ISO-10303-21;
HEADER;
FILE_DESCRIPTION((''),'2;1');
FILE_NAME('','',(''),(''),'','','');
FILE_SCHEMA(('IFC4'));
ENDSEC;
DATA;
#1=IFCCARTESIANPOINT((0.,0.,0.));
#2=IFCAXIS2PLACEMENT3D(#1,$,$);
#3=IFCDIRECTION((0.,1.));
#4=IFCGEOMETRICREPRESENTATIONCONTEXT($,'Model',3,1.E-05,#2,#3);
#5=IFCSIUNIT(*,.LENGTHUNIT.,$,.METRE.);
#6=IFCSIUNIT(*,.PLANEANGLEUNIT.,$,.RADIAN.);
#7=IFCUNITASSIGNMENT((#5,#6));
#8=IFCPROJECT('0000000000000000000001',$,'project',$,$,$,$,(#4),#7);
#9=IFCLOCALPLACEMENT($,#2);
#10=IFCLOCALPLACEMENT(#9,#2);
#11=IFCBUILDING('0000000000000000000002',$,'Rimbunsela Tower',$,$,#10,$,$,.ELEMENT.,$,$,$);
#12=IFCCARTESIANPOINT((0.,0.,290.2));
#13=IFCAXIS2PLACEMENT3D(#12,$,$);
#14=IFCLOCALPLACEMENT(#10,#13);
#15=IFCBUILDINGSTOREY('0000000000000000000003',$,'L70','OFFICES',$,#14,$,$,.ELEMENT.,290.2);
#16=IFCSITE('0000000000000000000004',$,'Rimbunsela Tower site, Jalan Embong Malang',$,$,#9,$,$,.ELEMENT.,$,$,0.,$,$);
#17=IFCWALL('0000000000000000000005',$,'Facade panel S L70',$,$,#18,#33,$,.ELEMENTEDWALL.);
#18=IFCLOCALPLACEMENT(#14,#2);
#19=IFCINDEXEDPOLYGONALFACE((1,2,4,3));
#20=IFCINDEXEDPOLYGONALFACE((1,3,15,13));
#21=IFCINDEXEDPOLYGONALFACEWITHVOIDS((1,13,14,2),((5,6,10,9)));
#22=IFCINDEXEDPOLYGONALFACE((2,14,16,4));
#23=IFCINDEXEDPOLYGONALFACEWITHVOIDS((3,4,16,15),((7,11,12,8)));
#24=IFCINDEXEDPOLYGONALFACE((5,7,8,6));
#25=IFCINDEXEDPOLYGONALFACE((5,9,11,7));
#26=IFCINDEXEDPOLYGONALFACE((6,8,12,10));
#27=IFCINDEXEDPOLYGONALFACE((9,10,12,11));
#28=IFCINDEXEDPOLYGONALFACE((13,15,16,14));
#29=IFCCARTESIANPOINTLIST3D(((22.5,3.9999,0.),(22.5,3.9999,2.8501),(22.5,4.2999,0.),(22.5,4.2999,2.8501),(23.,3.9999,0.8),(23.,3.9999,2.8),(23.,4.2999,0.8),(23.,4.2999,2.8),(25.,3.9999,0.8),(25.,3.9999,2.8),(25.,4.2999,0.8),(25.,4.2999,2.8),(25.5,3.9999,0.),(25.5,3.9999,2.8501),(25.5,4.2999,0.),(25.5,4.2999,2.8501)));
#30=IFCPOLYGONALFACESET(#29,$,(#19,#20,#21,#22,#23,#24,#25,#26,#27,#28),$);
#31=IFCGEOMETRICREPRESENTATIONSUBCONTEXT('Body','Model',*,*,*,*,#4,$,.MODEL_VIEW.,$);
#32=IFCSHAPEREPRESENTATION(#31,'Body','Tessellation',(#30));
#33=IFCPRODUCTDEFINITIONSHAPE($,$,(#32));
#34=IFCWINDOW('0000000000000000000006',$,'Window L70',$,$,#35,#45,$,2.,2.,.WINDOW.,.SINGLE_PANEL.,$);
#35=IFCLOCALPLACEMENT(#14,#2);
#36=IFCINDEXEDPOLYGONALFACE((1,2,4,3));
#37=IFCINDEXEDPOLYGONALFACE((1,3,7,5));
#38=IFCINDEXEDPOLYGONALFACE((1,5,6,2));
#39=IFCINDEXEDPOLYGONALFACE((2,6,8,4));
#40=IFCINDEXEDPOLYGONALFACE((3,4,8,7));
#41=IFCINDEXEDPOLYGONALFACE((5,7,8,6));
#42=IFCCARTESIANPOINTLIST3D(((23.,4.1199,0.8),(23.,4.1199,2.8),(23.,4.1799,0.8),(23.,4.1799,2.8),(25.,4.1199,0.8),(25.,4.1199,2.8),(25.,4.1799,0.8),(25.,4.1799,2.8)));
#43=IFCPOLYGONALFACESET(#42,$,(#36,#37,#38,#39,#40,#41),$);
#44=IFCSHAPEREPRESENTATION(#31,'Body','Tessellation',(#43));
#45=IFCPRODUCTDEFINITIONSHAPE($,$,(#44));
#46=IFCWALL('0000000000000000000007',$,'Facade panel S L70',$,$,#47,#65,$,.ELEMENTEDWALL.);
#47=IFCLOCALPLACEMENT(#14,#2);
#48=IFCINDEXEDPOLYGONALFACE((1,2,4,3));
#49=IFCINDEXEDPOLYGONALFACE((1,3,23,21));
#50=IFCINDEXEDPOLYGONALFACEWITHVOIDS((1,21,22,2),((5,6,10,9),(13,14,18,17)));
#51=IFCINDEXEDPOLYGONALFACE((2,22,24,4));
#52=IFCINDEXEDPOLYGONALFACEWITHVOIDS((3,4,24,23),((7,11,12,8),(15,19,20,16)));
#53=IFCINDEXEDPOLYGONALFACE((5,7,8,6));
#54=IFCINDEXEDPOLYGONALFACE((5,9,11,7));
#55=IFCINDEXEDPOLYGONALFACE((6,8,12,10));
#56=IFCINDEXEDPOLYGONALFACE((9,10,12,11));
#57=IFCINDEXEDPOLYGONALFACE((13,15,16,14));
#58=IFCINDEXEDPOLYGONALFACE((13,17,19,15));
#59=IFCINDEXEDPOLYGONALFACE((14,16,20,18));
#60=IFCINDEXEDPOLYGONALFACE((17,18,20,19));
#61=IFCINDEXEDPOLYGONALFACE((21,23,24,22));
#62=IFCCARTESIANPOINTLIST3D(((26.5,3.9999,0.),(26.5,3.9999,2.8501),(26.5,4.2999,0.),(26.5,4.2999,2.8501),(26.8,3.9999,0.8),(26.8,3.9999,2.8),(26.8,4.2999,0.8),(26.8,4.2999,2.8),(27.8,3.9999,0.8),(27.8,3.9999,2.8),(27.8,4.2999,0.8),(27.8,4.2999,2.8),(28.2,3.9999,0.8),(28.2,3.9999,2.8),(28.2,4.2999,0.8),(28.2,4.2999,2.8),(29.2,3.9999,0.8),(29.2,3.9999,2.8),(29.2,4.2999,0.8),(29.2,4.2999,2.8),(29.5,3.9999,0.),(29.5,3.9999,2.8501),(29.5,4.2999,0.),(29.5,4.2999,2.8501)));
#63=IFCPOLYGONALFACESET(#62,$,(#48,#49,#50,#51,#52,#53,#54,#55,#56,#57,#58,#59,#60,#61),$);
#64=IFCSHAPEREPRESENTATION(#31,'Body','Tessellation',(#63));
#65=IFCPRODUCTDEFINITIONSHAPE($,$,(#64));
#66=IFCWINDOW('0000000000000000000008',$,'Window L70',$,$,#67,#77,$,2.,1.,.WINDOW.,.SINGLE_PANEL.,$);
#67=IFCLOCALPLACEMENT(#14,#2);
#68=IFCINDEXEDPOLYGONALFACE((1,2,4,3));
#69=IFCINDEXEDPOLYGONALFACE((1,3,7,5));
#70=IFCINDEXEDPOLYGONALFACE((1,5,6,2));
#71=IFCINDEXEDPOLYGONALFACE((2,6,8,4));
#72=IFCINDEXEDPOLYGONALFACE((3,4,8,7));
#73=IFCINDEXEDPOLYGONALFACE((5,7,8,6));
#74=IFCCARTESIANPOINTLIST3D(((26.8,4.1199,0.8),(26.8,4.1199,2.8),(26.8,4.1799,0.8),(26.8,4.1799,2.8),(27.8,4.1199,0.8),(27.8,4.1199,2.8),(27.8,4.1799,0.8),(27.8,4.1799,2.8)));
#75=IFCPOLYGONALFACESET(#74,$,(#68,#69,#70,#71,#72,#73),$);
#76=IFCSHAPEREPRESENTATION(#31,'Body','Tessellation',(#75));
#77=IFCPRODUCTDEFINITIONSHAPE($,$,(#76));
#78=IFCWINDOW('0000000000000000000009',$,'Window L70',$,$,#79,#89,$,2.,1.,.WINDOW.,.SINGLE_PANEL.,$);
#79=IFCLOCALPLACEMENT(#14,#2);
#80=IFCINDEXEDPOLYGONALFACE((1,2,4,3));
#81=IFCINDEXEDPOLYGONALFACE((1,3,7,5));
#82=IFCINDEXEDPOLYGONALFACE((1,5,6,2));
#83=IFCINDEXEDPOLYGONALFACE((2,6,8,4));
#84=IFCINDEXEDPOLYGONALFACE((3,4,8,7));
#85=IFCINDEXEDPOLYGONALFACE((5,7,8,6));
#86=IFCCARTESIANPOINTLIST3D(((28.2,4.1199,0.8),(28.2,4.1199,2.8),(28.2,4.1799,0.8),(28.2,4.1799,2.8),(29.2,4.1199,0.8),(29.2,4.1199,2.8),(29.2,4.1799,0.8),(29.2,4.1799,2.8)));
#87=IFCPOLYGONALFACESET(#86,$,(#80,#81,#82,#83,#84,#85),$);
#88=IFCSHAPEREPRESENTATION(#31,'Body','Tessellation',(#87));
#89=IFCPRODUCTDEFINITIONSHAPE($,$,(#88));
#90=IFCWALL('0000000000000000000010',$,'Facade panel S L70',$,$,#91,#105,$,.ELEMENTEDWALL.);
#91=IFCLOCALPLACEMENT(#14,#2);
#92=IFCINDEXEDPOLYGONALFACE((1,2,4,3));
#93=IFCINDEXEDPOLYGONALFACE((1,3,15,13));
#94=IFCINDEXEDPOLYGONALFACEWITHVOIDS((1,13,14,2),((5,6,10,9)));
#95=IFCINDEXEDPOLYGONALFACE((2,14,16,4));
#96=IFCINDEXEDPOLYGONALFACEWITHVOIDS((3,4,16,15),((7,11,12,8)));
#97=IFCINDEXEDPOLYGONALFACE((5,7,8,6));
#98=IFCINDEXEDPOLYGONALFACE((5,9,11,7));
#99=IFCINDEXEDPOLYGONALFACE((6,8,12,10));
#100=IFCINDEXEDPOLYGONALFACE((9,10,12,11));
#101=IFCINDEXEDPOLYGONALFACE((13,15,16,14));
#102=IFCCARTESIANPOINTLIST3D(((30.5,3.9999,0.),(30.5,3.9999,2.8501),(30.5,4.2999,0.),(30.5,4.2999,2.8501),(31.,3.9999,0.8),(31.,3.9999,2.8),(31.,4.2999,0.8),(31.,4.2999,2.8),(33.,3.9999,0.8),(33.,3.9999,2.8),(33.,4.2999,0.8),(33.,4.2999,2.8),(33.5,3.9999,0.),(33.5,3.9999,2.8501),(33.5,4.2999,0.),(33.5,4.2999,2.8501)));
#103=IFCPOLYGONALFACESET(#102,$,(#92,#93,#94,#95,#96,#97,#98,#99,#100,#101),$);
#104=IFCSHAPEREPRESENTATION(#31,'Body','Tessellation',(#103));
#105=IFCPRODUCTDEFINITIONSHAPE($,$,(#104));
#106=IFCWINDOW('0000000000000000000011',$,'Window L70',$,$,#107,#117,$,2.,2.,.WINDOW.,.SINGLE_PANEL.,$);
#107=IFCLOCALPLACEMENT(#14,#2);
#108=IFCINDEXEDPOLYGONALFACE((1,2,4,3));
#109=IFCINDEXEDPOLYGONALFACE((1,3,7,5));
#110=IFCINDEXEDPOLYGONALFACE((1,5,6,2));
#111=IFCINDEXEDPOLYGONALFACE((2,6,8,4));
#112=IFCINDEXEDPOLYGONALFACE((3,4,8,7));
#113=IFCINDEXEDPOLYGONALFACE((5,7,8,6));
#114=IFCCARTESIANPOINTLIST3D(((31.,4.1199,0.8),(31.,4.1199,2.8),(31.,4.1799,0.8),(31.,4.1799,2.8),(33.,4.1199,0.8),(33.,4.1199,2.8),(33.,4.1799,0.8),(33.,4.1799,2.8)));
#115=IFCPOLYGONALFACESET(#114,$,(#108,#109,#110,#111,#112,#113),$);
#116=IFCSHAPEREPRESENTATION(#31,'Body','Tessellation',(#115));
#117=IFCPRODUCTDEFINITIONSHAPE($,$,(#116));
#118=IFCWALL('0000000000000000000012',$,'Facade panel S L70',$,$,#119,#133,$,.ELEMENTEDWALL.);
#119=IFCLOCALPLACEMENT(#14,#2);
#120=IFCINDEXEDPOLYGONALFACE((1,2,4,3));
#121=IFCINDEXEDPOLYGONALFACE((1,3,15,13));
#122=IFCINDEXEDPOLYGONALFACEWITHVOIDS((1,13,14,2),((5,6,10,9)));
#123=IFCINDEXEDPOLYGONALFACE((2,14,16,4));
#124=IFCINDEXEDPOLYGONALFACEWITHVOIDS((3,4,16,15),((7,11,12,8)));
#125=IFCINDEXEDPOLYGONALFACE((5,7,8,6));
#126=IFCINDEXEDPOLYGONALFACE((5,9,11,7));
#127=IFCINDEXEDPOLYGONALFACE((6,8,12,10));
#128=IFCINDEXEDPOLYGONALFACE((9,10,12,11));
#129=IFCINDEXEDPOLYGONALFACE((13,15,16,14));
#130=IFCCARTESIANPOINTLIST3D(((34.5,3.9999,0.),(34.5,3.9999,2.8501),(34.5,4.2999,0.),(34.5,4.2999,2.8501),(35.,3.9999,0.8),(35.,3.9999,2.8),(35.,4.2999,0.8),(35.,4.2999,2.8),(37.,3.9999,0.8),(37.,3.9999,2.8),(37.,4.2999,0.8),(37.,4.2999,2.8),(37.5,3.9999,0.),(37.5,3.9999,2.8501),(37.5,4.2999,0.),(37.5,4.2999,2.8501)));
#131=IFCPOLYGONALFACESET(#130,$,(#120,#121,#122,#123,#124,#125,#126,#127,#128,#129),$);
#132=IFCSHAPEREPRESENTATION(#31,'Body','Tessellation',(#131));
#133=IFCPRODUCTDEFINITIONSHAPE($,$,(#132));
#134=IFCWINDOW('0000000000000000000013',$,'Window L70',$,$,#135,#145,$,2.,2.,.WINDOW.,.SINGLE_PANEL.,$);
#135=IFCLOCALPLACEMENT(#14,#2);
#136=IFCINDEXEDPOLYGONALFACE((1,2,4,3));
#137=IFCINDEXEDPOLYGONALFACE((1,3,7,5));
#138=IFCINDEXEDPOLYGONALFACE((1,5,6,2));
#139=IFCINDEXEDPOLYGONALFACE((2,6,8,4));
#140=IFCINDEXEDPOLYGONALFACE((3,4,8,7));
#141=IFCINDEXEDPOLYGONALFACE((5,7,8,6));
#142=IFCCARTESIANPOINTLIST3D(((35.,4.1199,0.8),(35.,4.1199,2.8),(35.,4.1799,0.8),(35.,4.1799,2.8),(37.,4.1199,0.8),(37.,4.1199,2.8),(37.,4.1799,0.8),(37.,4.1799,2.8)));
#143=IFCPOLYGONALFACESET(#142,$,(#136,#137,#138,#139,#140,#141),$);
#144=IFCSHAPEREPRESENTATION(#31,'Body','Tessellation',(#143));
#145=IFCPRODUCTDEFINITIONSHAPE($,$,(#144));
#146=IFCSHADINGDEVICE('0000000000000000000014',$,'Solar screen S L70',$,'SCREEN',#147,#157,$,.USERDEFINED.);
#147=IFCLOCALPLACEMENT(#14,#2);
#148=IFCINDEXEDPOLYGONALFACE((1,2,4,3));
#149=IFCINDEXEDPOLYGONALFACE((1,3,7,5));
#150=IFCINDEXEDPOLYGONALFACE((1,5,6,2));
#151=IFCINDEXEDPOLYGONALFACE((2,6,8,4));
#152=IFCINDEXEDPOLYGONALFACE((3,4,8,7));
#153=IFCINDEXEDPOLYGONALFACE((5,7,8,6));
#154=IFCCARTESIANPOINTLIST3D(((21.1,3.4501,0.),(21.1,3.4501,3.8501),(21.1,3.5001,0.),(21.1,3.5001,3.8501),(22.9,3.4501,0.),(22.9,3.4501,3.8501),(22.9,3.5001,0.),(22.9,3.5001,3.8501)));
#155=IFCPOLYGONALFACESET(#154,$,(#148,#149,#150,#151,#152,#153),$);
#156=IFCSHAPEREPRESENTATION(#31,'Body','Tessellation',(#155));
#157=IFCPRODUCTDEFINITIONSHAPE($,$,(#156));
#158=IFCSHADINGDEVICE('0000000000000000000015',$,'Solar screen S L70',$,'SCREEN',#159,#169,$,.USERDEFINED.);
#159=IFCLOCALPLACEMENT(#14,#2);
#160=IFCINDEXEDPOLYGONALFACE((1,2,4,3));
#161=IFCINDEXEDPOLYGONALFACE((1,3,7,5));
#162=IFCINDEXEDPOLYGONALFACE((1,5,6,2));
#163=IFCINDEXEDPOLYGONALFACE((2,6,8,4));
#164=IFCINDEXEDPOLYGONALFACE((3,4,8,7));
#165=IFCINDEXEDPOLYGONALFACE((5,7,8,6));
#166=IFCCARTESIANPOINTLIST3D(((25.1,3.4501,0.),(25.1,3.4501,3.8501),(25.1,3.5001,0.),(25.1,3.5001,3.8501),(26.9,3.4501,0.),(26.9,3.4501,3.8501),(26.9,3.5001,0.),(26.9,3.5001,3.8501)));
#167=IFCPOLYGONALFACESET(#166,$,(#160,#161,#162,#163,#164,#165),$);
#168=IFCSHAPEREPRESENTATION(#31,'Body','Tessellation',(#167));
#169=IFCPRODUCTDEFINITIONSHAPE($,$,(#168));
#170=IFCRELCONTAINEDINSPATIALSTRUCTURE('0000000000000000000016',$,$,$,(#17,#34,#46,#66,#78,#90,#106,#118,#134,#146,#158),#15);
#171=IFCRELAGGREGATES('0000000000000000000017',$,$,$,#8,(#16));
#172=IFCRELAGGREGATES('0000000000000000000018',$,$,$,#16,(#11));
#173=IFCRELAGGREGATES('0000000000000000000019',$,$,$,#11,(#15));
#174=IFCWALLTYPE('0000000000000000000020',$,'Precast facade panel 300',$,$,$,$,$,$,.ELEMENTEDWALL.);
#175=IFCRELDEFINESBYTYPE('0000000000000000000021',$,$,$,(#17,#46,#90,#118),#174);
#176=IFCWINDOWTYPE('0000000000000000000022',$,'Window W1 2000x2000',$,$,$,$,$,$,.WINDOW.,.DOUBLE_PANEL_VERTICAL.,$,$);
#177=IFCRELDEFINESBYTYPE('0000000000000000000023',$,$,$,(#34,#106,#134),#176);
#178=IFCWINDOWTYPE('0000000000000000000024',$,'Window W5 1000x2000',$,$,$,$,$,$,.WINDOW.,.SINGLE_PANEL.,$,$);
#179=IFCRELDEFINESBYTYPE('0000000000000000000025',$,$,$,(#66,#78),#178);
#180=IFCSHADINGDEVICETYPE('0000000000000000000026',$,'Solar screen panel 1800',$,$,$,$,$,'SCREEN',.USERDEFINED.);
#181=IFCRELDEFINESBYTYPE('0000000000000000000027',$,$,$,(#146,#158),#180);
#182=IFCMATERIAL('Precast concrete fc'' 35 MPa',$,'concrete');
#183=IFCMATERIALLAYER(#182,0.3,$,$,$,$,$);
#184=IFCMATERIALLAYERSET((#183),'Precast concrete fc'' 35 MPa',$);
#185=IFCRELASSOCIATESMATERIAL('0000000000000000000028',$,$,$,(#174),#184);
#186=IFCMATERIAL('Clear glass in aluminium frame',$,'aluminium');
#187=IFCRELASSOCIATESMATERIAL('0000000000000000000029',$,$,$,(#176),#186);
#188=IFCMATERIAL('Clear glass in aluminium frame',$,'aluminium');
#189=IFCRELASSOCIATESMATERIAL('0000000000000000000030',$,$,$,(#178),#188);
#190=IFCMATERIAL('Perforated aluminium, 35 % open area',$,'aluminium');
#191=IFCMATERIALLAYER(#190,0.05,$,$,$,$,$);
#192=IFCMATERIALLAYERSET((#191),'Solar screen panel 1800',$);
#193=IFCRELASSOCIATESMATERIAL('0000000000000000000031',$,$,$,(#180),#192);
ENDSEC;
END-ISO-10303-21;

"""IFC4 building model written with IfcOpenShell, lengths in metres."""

from ifc_helpers import new_model, si_unit, direction, frame, frame_2d, origin, origin_2d, place, context, subcontext, project, spatial, rectangle, extrude, material, layer, layer_set, type_object, element, fill, save


model = new_model("IFC4")

# Units and contexts
model_context = context("Model", 3, precision=1e-05, world=origin(), true_north=direction((0.0, 1.0)))
body_context = subcontext(model_context, "Body", "Model", "MODEL_VIEW")
ifc_project = project(units=[si_unit("LENGTHUNIT", "METRE"), si_unit("PLANEANGLEUNIT", "RADIAN")], contexts=[model_context])

# Site, building, storey
site_placement = place(None, origin())
site = spatial("IfcSite", under=ifc_project, at=site_placement, Name="Rimbunsela Tower site, Jalan Embong Malang", CompositionType="ELEMENT", RefElevation=0.0)
building_placement = place(site_placement, origin())
building = spatial("IfcBuilding", under=site, at=building_placement, Name="Rimbunsela Tower", CompositionType="ELEMENT")
storey_placement = place(building_placement, frame((0.0, 0.0, 290.2)))
storey = spatial("IfcBuildingStorey", under=building, at=storey_placement, Name="L70", Description="OFFICES", CompositionType="ELEMENT", Elevation=290.2)

# Wall, opening, window
ifc_material_1 = material(Name="Precast concrete fc' 35 MPa", Category="concrete")
ifc_layer_1 = layer(ifc_material_1, 0.3)
ifc_layer_set_1 = layer_set([ifc_layer_1], Name="Precast concrete fc' 35 MPa")
wall_type = type_object("IfcWallType", Name="Precast facade panel 300", PredefinedType="ELEMENTEDWALL", material=ifc_layer_set_1)
ifc_material_2 = material(Name="Clear glass in aluminium frame", Category="aluminium")
window_type_1 = type_object("IfcWindowType", Name="Window W1 2000x2000", PartitioningType="DOUBLE_PANEL_VERTICAL", PredefinedType="WINDOW", material=ifc_material_2)
wall_1_placement = place(storey_placement, frame((22.5, 4.1499, 0.0), z_axis=(0.0, 0.0, 1.0), x_axis=(1.0, 0.0, 0.0)))
wall_1 = element("IfcWall", 1, at=wall_1_placement, inside=storey, type_object=wall_type, Name="Facade panel S L70", PredefinedType="ELEMENTEDWALL", context=body_context, shape_type="SweptSolid", body=[
    extrude(rectangle(XDim=3.0, YDim=0.3, at=frame_2d((1.5, 0.0))), origin(), (0.0, 0.0, 1.0), 2.8501),
])
opening_1_placement = place(wall_1_placement, frame((0.5, 0.0, 0.8)))
opening_1 = element("IfcOpeningElement", 2, at=opening_1_placement, cuts=wall_1, PredefinedType="OPENING", context=body_context, shape_type="SweptSolid", body=[
    extrude(rectangle(XDim=2.0, YDim=2.0, at=frame_2d((1.0, 1.0))), frame((0.0, 0.1599, 0.0), z_axis=(0.0, -1.0, 0.0), x_axis=(1.0, 0.0, 0.0)), (0.0, 0.0, 1.0), 0.3201),
])
window_1_placement = place(opening_1_placement, origin())
window_1 = element("IfcWindow", 3, at=window_1_placement, inside=storey, type_object=window_type_1, Name="Window L70", OverallHeight=2.0, OverallWidth=2.0, PartitioningType="SINGLE_PANEL", PredefinedType="WINDOW", context=body_context, shape_type="SweptSolid", body=[
    extrude(rectangle(XDim=2.0, YDim=2.0, at=frame_2d((1.0, 1.0))), frame((0.0, 0.03, 0.0), z_axis=(0.0, -1.0, 0.0), x_axis=(1.0, 0.0, 0.0)), (0.0, 0.0, 1.0), 0.0601),
])
fill(opening_1, window_1)

# Wall, openings, windows
wall_2_placement = place(storey_placement, frame((26.5, 4.1499, 0.0), z_axis=(0.0, 0.0, 1.0), x_axis=(1.0, 0.0, 0.0)))
wall_2 = element("IfcWall", 4, at=wall_2_placement, inside=storey, type_object=wall_type, Name="Facade panel S L70", PredefinedType="ELEMENTEDWALL", context=body_context, shape_type="SweptSolid", body=[
    extrude(rectangle(XDim=3.0, YDim=0.3, at=frame_2d((1.5, 0.0))), origin(), (0.0, 0.0, 1.0), 2.8501),
])
opening_2_placement = place(wall_2_placement, frame((0.3, 0.0, 0.8)))
opening_2 = element("IfcOpeningElement", 5, at=opening_2_placement, cuts=wall_2, PredefinedType="OPENING", context=body_context, shape_type="SweptSolid", body=[
    extrude(rectangle(XDim=1.0, YDim=2.0, at=frame_2d((0.5, 1.0))), frame((0.0, 0.1599, 0.0), z_axis=(0.0, -1.0, 0.0), x_axis=(1.0, 0.0, 0.0)), (0.0, 0.0, 1.0), 0.3201),
])
opening_3_placement = place(wall_2_placement, frame((1.7, 0.0, 0.8)))
opening_3 = element("IfcOpeningElement", 6, at=opening_3_placement, cuts=wall_2, PredefinedType="OPENING", context=body_context, shape_type="SweptSolid", body=[
    extrude(rectangle(XDim=1.0, YDim=2.0, at=frame_2d((0.5, 1.0))), frame((0.0, 0.1599, 0.0), z_axis=(0.0, -1.0, 0.0), x_axis=(1.0, 0.0, 0.0)), (0.0, 0.0, 1.0), 0.3201),
])
ifc_material_3 = material(Name="Clear glass in aluminium frame", Category="aluminium")
window_type_2 = type_object("IfcWindowType", Name="Window W5 1000x2000", PartitioningType="SINGLE_PANEL", PredefinedType="WINDOW", material=ifc_material_3)
window_2_placement = place(opening_2_placement, origin())
window_2 = element("IfcWindow", 7, at=window_2_placement, inside=storey, type_object=window_type_2, Name="Window L70", OverallHeight=2.0, OverallWidth=1.0, PartitioningType="SINGLE_PANEL", PredefinedType="WINDOW", context=body_context, shape_type="SweptSolid", body=[
    extrude(rectangle(XDim=1.0, YDim=2.0, at=frame_2d((0.5, 1.0))), frame((0.0, 0.03, 0.0), z_axis=(0.0, -1.0, 0.0), x_axis=(1.0, 0.0, 0.0)), (0.0, 0.0, 1.0), 0.0601),
])
fill(opening_2, window_2)
window_3_placement = place(opening_3_placement, origin())
window_3 = element("IfcWindow", 8, at=window_3_placement, inside=storey, type_object=window_type_2, Name="Window L70", OverallHeight=2.0, OverallWidth=1.0, PartitioningType="SINGLE_PANEL", PredefinedType="WINDOW", context=body_context, shape_type="SweptSolid", body=[
    extrude(rectangle(XDim=1.0, YDim=2.0, at=frame_2d((0.5, 1.0))), frame((0.0, 0.03, 0.0), z_axis=(0.0, -1.0, 0.0), x_axis=(1.0, 0.0, 0.0)), (0.0, 0.0, 1.0), 0.0601),
])
fill(opening_3, window_3)

# Walls, openings, windows
wall_3_placement = place(storey_placement, frame((30.5, 4.1499, 0.0), z_axis=(0.0, 0.0, 1.0), x_axis=(1.0, 0.0, 0.0)))
wall_3 = element("IfcWall", 9, at=wall_3_placement, inside=storey, type_object=wall_type, Name="Facade panel S L70", PredefinedType="ELEMENTEDWALL", context=body_context, shape_type="SweptSolid", body=[
    extrude(rectangle(XDim=3.0, YDim=0.3, at=frame_2d((1.5, 0.0))), origin(), (0.0, 0.0, 1.0), 2.8501),
])
opening_4_placement = place(wall_3_placement, frame((0.5, 0.0, 0.8)))
opening_4 = element("IfcOpeningElement", 10, at=opening_4_placement, cuts=wall_3, PredefinedType="OPENING", context=body_context, shape_type="SweptSolid", body=[
    extrude(rectangle(XDim=2.0, YDim=2.0, at=frame_2d((1.0, 1.0))), frame((0.0, 0.1599, 0.0), z_axis=(0.0, -1.0, 0.0), x_axis=(1.0, 0.0, 0.0)), (0.0, 0.0, 1.0), 0.3201),
])
window_4_placement = place(opening_4_placement, origin())
window_4 = element("IfcWindow", 11, at=window_4_placement, inside=storey, type_object=window_type_1, Name="Window L70", OverallHeight=2.0, OverallWidth=2.0, PartitioningType="SINGLE_PANEL", PredefinedType="WINDOW", context=body_context, shape_type="SweptSolid", body=[
    extrude(rectangle(XDim=2.0, YDim=2.0, at=frame_2d((1.0, 1.0))), frame((0.0, 0.03, 0.0), z_axis=(0.0, -1.0, 0.0), x_axis=(1.0, 0.0, 0.0)), (0.0, 0.0, 1.0), 0.0601),
])
fill(opening_4, window_4)
wall_4_placement = place(storey_placement, frame((34.5, 4.1499, 0.0), z_axis=(0.0, 0.0, 1.0), x_axis=(1.0, 0.0, 0.0)))
wall_4 = element("IfcWall", 12, at=wall_4_placement, inside=storey, type_object=wall_type, Name="Facade panel S L70", PredefinedType="ELEMENTEDWALL", context=body_context, shape_type="SweptSolid", body=[
    extrude(rectangle(XDim=3.0, YDim=0.3, at=frame_2d((1.5, 0.0))), origin(), (0.0, 0.0, 1.0), 2.8501),
])
opening_5_placement = place(wall_4_placement, frame((0.5, 0.0, 0.8)))
opening_5 = element("IfcOpeningElement", 13, at=opening_5_placement, cuts=wall_4, PredefinedType="OPENING", context=body_context, shape_type="SweptSolid", body=[
    extrude(rectangle(XDim=2.0, YDim=2.0, at=frame_2d((1.0, 1.0))), frame((0.0, 0.1599, 0.0), z_axis=(0.0, -1.0, 0.0), x_axis=(1.0, 0.0, 0.0)), (0.0, 0.0, 1.0), 0.3201),
])
window_5_placement = place(opening_5_placement, origin())
window_5 = element("IfcWindow", 14, at=window_5_placement, inside=storey, type_object=window_type_1, Name="Window L70", OverallHeight=2.0, OverallWidth=2.0, PartitioningType="SINGLE_PANEL", PredefinedType="WINDOW", context=body_context, shape_type="SweptSolid", body=[
    extrude(rectangle(XDim=2.0, YDim=2.0, at=frame_2d((1.0, 1.0))), frame((0.0, 0.03, 0.0), z_axis=(0.0, -1.0, 0.0), x_axis=(1.0, 0.0, 0.0)), (0.0, 0.0, 1.0), 0.0601),
])
fill(opening_5, window_5)

# Shading devices
ifc_material_4 = material(Name="Perforated aluminium, 35 % open area", Category="aluminium")
ifc_layer_2 = layer(ifc_material_4, 0.05)
ifc_layer_set_2 = layer_set([ifc_layer_2], Name="Solar screen panel 1800")
shading_device_type = type_object("IfcShadingDeviceType", Name="Solar screen panel 1800", ElementType="SCREEN", PredefinedType="USERDEFINED", material=ifc_layer_set_2)
for number, where, z_axis, x_axis, name in (
    (15, (22.0, 3.4751, 0.0), (0.0, 0.0, 1.0), (1.0, 0.0, 0.0), "Solar screen S L70"),
    (16, (26.0, 3.4751, 0.0), (0.0, 0.0, 1.0), (1.0, 0.0, 0.0), "Solar screen S L70"),
):
    element("IfcShadingDevice", number, at=place(storey_placement, frame(where, z_axis=z_axis, x_axis=x_axis)), inside=storey, type_object=shading_device_type, Name=name, ObjectType="SCREEN", PredefinedType="USERDEFINED", context=body_context, shape_type="SweptSolid", body=[
        extrude(rectangle(XDim=1.8, YDim=0.05, at=origin_2d()), origin(), (0.0, 0.0, 1.0), 3.8501),
    ])

save(model, "model.ifc")
